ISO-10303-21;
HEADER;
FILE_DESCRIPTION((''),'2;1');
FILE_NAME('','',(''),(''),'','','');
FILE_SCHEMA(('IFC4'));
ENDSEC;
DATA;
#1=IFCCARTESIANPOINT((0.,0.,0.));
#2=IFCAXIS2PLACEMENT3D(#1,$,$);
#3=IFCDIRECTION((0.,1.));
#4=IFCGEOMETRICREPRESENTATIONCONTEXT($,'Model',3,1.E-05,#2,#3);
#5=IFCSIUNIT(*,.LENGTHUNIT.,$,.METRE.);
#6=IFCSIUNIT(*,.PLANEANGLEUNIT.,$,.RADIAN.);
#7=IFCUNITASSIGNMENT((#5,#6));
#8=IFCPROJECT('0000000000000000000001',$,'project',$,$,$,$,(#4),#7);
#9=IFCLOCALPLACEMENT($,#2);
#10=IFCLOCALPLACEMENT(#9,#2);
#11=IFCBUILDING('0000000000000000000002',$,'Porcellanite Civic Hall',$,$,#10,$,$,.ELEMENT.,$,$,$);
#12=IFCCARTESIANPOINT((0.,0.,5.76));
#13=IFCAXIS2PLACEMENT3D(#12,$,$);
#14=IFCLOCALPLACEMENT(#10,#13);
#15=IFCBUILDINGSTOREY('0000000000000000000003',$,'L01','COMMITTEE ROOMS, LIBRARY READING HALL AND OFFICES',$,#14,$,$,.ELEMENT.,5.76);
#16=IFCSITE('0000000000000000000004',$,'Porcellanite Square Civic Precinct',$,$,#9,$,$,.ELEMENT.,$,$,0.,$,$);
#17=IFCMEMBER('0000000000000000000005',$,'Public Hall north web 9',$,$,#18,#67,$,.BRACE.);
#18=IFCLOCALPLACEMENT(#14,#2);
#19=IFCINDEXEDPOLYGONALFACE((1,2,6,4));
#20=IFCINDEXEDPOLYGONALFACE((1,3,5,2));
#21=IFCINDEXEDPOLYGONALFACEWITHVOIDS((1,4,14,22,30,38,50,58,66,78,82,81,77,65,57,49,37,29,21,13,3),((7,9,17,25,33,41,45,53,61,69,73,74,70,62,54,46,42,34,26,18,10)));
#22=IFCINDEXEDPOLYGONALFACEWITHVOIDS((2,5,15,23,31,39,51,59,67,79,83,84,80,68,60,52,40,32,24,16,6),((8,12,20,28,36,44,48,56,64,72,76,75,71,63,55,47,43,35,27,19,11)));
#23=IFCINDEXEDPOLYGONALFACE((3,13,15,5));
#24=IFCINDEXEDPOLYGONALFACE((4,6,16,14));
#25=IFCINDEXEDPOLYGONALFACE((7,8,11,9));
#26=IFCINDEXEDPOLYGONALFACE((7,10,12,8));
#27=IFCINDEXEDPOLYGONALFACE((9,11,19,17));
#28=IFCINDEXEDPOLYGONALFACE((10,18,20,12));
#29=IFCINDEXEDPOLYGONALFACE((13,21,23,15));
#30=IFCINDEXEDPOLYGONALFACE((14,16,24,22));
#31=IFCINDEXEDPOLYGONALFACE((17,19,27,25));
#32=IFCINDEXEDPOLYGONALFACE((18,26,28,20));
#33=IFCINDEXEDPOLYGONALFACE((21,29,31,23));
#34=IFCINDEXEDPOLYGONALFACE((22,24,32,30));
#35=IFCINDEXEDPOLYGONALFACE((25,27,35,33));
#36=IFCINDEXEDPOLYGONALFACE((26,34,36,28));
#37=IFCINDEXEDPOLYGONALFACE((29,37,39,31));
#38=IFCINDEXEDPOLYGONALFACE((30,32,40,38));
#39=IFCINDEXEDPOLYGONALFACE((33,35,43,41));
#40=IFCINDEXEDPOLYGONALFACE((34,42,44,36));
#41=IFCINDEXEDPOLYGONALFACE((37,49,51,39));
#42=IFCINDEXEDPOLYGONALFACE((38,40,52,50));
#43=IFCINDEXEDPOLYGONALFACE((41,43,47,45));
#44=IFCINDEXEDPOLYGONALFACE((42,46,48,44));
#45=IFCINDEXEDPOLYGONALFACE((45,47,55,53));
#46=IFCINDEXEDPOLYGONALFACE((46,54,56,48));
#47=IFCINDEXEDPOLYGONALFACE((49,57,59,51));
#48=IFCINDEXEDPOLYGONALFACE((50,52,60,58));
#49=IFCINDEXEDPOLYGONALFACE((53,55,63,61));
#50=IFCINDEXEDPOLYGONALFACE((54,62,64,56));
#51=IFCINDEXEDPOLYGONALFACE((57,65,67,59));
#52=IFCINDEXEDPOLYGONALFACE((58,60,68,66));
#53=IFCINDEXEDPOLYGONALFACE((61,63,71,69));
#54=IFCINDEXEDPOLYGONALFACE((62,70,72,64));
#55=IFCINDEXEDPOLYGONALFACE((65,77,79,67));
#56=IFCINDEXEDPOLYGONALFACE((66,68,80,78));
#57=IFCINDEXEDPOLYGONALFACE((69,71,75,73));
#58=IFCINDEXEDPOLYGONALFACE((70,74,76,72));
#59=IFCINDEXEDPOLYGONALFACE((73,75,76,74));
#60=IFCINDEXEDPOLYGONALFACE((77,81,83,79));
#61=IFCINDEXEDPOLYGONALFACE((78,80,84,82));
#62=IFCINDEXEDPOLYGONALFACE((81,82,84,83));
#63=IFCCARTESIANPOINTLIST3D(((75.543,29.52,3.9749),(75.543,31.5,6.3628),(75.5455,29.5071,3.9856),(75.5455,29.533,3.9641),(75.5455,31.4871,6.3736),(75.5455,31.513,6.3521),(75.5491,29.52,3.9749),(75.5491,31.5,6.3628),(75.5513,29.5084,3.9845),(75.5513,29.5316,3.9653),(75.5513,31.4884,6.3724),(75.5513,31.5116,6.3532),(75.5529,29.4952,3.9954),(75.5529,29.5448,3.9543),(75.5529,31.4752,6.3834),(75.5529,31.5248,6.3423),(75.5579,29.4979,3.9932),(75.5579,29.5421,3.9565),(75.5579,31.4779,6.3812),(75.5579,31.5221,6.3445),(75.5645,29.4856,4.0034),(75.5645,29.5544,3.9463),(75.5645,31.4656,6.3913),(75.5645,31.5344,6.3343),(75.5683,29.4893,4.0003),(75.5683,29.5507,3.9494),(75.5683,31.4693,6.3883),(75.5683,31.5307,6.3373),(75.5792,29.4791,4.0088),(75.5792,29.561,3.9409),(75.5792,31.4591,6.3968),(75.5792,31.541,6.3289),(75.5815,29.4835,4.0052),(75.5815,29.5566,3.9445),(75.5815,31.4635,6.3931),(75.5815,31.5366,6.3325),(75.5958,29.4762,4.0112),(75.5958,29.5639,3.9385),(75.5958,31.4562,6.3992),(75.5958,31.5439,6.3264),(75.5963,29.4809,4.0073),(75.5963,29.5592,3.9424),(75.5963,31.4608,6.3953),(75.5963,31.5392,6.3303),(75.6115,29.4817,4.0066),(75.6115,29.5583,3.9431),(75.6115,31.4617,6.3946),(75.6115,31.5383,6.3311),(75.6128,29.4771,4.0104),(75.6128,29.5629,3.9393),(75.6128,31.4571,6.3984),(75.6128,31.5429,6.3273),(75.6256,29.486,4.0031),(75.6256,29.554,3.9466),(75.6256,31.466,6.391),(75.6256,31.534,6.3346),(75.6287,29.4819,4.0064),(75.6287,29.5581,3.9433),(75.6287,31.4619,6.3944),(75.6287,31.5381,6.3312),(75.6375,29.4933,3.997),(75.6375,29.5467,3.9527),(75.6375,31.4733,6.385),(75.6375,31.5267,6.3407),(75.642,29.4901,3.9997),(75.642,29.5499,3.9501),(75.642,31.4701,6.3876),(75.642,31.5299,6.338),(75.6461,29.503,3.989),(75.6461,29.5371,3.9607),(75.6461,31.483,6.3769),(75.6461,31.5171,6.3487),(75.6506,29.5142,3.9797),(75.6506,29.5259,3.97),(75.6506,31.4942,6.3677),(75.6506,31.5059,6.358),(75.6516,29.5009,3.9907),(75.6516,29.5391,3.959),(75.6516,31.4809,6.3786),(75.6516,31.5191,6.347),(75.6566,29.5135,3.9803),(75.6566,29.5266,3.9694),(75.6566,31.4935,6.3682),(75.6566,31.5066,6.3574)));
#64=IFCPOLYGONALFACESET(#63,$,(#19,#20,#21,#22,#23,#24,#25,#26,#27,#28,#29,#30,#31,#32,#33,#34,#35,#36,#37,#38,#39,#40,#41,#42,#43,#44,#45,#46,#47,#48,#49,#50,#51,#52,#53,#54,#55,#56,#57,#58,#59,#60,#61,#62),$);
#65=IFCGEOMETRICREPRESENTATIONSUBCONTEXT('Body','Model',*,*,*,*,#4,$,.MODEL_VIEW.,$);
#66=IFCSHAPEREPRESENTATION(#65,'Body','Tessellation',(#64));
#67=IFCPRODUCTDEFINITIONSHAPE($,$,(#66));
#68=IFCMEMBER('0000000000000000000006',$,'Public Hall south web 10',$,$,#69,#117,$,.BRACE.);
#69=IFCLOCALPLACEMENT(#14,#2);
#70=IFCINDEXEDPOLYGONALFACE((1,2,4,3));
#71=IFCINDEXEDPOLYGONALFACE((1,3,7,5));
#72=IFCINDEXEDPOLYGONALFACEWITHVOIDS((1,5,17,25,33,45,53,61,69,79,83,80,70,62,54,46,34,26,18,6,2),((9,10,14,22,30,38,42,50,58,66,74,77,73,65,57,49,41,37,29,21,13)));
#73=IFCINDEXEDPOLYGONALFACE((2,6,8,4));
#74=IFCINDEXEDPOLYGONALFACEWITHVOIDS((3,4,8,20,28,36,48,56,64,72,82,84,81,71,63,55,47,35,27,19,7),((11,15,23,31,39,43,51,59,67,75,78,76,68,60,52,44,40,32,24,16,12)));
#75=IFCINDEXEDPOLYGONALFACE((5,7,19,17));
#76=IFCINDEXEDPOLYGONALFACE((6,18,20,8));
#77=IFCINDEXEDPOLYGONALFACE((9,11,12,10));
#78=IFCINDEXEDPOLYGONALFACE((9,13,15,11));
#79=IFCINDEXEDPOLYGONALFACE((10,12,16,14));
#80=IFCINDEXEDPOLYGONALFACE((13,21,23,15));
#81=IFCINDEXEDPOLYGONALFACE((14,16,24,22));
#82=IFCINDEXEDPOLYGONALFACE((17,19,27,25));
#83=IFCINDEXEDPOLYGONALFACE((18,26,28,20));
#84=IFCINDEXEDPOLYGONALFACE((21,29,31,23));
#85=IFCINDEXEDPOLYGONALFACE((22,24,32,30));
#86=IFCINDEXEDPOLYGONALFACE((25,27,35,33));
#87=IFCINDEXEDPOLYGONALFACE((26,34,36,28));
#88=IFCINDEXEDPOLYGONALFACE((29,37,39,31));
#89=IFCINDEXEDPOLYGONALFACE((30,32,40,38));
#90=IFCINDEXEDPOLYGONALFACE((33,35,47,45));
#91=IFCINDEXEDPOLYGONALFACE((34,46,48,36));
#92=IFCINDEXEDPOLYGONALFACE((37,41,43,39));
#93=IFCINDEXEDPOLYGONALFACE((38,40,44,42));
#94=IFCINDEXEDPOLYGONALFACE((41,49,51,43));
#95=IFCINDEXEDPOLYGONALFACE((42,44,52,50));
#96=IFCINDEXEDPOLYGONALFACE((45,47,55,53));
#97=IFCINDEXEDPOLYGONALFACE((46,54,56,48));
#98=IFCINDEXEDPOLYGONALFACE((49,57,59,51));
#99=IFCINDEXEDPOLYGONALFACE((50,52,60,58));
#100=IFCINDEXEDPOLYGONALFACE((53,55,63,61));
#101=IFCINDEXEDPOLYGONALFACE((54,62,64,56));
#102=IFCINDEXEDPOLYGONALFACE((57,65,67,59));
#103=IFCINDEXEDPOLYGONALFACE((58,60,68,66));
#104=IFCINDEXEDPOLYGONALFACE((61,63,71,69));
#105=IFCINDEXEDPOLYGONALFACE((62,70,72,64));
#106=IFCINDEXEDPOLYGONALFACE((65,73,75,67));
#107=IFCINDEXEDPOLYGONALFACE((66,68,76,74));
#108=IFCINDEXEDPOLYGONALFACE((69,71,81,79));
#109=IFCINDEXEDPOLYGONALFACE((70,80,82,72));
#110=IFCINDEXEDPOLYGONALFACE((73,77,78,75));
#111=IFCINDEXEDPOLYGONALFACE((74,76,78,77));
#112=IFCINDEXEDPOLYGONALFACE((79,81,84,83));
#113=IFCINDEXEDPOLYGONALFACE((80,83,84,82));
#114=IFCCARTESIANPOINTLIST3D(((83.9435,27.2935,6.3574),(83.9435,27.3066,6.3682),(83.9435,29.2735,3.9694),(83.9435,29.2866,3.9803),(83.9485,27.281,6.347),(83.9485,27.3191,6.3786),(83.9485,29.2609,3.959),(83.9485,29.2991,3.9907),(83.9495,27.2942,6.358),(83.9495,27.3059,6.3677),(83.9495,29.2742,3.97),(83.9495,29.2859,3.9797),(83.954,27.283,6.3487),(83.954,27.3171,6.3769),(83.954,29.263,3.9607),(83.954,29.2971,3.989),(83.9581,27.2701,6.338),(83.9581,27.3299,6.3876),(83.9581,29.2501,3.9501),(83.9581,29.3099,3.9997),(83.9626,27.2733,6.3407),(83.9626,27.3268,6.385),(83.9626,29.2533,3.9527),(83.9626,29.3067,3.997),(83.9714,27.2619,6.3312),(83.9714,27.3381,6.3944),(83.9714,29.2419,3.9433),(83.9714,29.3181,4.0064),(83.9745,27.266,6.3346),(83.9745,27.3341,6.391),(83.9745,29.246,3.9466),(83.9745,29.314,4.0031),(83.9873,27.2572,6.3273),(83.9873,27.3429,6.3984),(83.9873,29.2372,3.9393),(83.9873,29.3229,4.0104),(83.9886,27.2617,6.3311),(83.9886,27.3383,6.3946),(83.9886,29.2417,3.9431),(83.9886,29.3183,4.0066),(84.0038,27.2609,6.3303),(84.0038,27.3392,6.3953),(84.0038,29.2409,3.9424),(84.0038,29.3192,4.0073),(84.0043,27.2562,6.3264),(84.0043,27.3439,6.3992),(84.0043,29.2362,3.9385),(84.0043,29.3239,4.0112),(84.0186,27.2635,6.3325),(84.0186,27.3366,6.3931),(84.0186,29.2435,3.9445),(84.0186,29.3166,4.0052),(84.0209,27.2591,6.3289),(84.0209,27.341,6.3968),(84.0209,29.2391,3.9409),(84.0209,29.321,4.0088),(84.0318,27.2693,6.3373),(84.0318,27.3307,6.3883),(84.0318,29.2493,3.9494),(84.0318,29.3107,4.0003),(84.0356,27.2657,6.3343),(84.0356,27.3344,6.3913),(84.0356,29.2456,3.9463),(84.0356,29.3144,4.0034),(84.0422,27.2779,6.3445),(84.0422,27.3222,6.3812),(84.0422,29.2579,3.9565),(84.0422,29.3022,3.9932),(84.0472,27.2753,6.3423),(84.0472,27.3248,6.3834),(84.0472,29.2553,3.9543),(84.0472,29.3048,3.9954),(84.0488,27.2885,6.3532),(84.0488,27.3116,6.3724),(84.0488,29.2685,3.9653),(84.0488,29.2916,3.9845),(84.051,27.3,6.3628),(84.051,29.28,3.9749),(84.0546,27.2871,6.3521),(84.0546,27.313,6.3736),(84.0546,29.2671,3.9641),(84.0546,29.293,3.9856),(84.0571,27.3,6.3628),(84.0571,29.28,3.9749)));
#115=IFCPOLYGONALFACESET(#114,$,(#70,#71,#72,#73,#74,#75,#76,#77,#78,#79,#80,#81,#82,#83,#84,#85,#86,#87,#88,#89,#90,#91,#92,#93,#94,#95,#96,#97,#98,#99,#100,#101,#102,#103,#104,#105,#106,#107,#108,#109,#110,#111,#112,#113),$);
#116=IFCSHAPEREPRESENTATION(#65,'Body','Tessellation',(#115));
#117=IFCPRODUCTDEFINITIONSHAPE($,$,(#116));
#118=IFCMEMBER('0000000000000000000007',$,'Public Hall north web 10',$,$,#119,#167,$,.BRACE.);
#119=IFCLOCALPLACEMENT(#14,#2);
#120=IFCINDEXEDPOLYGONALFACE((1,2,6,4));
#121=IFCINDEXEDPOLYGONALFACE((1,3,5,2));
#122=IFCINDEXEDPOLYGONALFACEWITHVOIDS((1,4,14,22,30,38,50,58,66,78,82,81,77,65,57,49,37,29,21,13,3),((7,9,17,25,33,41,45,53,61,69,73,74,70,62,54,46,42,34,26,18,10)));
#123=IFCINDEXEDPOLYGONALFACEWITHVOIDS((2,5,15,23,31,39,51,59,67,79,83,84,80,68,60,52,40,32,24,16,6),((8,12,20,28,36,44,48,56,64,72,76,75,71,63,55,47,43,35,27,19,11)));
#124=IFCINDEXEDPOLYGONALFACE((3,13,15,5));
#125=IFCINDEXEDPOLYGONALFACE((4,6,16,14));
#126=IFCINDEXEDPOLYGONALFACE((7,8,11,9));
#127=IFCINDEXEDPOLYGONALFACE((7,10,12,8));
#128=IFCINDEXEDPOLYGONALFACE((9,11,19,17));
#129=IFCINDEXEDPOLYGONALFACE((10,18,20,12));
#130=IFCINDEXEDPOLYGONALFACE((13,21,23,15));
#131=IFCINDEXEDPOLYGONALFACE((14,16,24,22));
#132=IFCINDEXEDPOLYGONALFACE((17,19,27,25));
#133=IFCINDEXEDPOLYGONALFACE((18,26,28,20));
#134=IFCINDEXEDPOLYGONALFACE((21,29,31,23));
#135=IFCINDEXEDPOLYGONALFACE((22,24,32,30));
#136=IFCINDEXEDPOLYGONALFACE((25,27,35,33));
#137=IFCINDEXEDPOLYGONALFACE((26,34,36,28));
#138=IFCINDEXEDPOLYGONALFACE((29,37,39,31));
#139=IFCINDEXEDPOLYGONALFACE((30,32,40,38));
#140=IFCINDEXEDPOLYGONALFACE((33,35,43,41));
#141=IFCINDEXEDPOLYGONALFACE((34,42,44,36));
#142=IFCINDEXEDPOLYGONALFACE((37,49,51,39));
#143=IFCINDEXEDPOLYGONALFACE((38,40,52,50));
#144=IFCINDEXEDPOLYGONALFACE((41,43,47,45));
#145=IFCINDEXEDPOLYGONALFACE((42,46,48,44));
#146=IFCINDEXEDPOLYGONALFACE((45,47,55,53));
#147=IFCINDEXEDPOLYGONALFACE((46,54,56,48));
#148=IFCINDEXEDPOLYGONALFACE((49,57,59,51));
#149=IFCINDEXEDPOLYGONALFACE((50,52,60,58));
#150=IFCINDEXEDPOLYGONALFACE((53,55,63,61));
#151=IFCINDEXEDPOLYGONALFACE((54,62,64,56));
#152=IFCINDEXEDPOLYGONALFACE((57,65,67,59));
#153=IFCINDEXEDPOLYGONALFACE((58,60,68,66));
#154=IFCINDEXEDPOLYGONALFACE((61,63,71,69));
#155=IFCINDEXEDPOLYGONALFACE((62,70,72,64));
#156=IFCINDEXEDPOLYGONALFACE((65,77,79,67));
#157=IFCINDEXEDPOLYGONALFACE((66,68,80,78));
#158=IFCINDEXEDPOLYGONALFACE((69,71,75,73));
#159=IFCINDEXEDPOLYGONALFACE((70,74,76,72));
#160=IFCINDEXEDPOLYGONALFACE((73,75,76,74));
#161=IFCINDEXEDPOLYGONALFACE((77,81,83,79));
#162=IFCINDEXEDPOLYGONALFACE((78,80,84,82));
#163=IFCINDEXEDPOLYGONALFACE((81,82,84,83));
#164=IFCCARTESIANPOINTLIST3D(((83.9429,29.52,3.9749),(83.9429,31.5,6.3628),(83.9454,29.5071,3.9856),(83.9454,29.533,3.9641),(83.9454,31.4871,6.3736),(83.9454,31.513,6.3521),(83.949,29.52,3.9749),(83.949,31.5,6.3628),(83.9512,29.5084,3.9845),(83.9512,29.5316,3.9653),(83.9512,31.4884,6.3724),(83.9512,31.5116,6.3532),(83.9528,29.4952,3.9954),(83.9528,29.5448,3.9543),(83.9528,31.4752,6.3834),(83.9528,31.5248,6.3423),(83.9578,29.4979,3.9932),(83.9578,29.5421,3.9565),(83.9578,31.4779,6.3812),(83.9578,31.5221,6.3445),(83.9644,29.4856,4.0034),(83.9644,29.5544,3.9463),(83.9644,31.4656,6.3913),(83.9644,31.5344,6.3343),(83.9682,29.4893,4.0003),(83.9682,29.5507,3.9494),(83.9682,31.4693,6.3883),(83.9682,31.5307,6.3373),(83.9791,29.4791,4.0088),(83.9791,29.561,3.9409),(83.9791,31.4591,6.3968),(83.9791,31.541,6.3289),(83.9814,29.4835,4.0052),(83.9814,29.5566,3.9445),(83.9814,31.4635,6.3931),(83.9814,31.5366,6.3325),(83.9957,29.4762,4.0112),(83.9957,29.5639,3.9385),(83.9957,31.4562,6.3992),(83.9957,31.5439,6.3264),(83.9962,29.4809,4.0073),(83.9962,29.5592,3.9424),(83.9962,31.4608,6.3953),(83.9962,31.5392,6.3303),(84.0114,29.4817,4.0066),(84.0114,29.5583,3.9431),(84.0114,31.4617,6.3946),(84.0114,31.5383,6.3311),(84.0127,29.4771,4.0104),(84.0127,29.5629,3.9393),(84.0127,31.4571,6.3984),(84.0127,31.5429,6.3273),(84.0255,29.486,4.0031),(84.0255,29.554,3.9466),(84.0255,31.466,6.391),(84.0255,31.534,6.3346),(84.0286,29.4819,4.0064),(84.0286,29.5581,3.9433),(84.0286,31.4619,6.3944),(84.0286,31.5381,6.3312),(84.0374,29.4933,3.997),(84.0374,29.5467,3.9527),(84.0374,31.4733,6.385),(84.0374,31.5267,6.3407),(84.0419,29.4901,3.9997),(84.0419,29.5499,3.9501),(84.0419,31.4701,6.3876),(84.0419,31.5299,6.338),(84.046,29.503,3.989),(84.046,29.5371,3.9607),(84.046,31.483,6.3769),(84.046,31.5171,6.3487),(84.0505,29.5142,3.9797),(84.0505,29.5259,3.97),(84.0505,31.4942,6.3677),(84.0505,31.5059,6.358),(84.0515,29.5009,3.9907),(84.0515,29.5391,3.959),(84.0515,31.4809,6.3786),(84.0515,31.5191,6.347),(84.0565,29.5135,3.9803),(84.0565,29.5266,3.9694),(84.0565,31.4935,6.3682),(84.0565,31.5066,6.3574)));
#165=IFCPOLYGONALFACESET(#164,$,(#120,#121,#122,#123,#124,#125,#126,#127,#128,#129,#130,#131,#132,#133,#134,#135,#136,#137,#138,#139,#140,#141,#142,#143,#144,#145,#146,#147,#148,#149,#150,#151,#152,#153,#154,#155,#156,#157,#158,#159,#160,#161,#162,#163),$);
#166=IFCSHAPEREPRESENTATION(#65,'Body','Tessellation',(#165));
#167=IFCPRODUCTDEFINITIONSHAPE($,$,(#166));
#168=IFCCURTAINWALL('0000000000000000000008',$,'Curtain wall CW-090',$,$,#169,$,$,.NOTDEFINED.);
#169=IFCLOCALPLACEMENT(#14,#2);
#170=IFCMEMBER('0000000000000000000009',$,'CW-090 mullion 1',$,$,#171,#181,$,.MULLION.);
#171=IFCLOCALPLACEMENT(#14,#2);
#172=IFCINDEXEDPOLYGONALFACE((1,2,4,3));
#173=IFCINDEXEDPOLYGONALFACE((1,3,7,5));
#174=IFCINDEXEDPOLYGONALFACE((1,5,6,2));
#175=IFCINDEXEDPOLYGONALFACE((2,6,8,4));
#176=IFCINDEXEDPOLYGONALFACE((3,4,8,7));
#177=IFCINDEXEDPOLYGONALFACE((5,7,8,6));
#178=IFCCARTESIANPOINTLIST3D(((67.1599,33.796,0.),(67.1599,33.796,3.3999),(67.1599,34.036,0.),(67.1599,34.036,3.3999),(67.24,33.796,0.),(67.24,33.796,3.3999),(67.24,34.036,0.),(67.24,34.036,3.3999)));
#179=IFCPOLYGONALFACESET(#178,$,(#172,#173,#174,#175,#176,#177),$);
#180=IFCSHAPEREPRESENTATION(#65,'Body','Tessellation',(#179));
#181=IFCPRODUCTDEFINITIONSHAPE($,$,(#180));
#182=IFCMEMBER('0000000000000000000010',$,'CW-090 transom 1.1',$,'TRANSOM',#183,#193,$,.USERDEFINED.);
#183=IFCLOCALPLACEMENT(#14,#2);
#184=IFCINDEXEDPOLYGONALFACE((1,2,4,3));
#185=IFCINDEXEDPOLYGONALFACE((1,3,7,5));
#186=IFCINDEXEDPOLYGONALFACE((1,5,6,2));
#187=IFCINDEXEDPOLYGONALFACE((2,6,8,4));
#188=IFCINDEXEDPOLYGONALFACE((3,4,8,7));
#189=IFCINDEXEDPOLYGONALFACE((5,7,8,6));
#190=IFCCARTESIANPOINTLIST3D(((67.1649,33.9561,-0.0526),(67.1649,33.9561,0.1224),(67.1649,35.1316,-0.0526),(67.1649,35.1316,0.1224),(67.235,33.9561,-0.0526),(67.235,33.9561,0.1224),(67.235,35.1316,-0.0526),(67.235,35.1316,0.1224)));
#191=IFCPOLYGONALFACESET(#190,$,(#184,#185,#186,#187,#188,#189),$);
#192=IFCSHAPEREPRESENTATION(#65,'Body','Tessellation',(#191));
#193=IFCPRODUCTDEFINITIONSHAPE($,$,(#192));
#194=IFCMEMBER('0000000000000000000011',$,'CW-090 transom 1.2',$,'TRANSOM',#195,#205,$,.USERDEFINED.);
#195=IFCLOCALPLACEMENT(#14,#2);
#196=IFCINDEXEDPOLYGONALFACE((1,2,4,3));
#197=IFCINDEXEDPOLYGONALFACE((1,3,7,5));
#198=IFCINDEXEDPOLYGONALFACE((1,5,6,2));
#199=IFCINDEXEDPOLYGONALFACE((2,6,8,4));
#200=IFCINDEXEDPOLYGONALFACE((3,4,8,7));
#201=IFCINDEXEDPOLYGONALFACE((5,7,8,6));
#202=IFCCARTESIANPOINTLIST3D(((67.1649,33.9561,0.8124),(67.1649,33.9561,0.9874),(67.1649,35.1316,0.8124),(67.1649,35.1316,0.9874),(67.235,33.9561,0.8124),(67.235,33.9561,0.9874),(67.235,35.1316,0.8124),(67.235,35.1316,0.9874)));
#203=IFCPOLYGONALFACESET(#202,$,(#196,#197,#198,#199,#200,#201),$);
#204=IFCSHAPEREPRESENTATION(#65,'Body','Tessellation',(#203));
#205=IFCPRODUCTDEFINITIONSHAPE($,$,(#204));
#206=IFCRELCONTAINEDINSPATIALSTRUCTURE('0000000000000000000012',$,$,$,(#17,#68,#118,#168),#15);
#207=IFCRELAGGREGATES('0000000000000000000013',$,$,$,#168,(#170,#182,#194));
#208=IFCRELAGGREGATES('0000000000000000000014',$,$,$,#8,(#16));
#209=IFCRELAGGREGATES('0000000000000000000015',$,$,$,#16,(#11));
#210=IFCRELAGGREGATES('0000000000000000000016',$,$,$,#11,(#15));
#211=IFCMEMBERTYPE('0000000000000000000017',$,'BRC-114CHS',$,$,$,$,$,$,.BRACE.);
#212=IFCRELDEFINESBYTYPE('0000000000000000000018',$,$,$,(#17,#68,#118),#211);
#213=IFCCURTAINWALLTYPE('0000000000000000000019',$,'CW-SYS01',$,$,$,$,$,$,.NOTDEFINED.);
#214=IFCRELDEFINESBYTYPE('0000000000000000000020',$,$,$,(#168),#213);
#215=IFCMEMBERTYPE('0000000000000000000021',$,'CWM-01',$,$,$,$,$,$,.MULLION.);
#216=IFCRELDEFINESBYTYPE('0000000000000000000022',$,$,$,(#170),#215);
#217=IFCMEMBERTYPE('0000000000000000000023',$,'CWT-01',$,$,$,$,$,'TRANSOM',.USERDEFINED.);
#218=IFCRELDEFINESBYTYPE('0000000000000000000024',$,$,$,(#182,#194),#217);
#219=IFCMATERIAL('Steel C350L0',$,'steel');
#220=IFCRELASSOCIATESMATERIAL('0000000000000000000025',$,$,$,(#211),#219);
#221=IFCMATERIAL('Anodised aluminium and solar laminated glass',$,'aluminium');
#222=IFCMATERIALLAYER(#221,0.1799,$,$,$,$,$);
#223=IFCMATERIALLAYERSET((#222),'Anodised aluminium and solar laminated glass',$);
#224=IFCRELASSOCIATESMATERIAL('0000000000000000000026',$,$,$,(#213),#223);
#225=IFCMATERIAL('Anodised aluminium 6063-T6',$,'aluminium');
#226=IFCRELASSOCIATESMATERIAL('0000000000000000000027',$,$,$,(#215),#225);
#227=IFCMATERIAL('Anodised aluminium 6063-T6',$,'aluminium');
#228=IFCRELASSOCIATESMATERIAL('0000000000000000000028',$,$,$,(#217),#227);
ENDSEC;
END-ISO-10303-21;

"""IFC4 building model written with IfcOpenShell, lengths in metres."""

from ifc_helpers import new_model, si_unit, direction, frame, origin, origin_2d, place, context, subcontext, project, spatial, rectangle, hollow_circle, extrude, material, layer, layer_set, material_profile, profile_set, type_object, element, aggregate, save


model = new_model("IFC4")

# Units and contexts
model_context = context("Model", 3, precision=1e-05, world=origin(), true_north=direction((0.0, 1.0)))
body_context = subcontext(model_context, "Body", "Model", "MODEL_VIEW")
ifc_project = project(units=[si_unit("LENGTHUNIT", "METRE"), si_unit("PLANEANGLEUNIT", "RADIAN")], contexts=[model_context])

# Site, building, storey
site_placement = place(None, origin())
site = spatial("IfcSite", under=ifc_project, at=site_placement, Name="Porcellanite Square Civic Precinct", CompositionType="ELEMENT", RefElevation=0.0)
building_placement = place(site_placement, origin())
building = spatial("IfcBuilding", under=site, at=building_placement, Name="Porcellanite Civic Hall", CompositionType="ELEMENT")
storey_placement = place(building_placement, frame((0.0, 0.0, 5.76)))
storey = spatial("IfcBuildingStorey", under=building, at=storey_placement, Name="L01", Description="COMMITTEE ROOMS, LIBRARY READING HALL AND OFFICES", CompositionType="ELEMENT", Elevation=5.76)

# Members
ifc_material_1 = material(Name="Steel C350L0", Category="steel")
ifc_material_profile_1 = material_profile(ifc_material_1, hollow_circle(Radius=0.0571, WallThickness=0.0061, at=origin_2d()), Name="114.3x6.0CHS")
ifc_profile_set_1 = profile_set([ifc_material_profile_1], Name="Steel C350L0")
member_type_1 = type_object("IfcMemberType", Name="BRC-114CHS", PredefinedType="BRACE", material=ifc_profile_set_1)
for number, where, z_axis, x_axis, name in (
    (1, (75.6001, 29.52, 3.9749), (0.0, 0.638286, 0.769799), (-1.0, 0.0, 0.0), "Public Hall north web 9"),
    (2, (84.0, 29.28, 3.9749), (0.0, -0.638286, 0.769799), (1.0, 0.0, 0.0), "Public Hall south web 10"),
    (3, (84.0, 29.52, 3.9749), (0.0, 0.638286, 0.769799), (-1.0, 0.0, 0.0), "Public Hall north web 10"),
):
    element("IfcMember", number, at=place(storey_placement, frame(where, z_axis=z_axis, x_axis=x_axis)), inside=storey, type_object=member_type_1, Name=name, PredefinedType="BRACE", context=body_context, shape_type="SweptSolid", body=[
        extrude(hollow_circle(Radius=0.0571, WallThickness=0.0061, at=origin_2d()), origin(), (0.0, 0.0, 1.0), 3.1021),
    ])

# Curtain wall, members
ifc_material_2 = material(Name="Anodised aluminium and solar laminated glass", Category="aluminium")
ifc_layer_1 = layer(ifc_material_2, 0.1799)
ifc_layer_set_1 = layer_set([ifc_layer_1], Name="Anodised aluminium and solar laminated glass")
curtain_wall_type = type_object("IfcCurtainWallType", Name="CW-SYS01", PredefinedType="NOTDEFINED", material=ifc_layer_set_1)
curtain_wall_placement = place(storey_placement, origin())
curtain_wall = element("IfcCurtainWall", 4, at=curtain_wall_placement, inside=storey, type_object=curtain_wall_type, Name="Curtain wall CW-090", PredefinedType="NOTDEFINED")
ifc_material_3 = material(Name="Anodised aluminium 6063-T6", Category="aluminium")
ifc_material_profile_2 = material_profile(ifc_material_3, rectangle(XDim=0.0801, YDim=0.24, at=origin_2d()), Name="AL-80x240")
ifc_profile_set_2 = profile_set([ifc_material_profile_2], Name="Anodised aluminium 6063-T6")
member_type_2 = type_object("IfcMemberType", Name="CWM-01", PredefinedType="MULLION", material=ifc_profile_set_2)
member_1_placement = place(storey_placement, frame((67.2, 33.916, 0.0), z_axis=(0.0, 0.0, 1.0), x_axis=(-1.0, 0.0, 0.0)))
member_1 = element("IfcMember", 5, at=member_1_placement, type_object=member_type_2, Name="CW-090 mullion 1", PredefinedType="MULLION", context=body_context, shape_type="SweptSolid", body=[
    extrude(rectangle(XDim=0.0801, YDim=0.24, at=origin_2d()), origin(), (0.0, 0.0, 1.0), 3.3999),
])
ifc_material_4 = material(Name="Anodised aluminium 6063-T6", Category="aluminium")
ifc_material_profile_3 = material_profile(ifc_material_4, rectangle(XDim=0.0701, YDim=0.175, at=origin_2d()), Name="AL-70x175")
ifc_profile_set_3 = profile_set([ifc_material_profile_3], Name="Anodised aluminium 6063-T6")
member_type_3 = type_object("IfcMemberType", Name="CWT-01", ElementType="TRANSOM", PredefinedType="USERDEFINED", material=ifc_profile_set_3)
member_2_placement = place(storey_placement, frame((67.2, 33.9561, 0.0349), z_axis=(0.0, 1.0, 0.0), x_axis=(-1.0, 0.0, 0.0)))
member_2 = element("IfcMember", 6, at=member_2_placement, type_object=member_type_3, Name="CW-090 transom 1.1", ObjectType="TRANSOM", PredefinedType="USERDEFINED", context=body_context, shape_type="SweptSolid", body=[
    extrude(rectangle(XDim=0.0701, YDim=0.175, at=origin_2d()), origin(), (0.0, 0.0, 1.0), 1.1755),
])
member_3_placement = place(storey_placement, frame((67.2, 33.9561, 0.8999), z_axis=(0.0, 1.0, 0.0), x_axis=(-1.0, 0.0, 0.0)))
member_3 = element("IfcMember", 7, at=member_3_placement, type_object=member_type_3, Name="CW-090 transom 1.2", ObjectType="TRANSOM", PredefinedType="USERDEFINED", context=body_context, shape_type="SweptSolid", body=[
    extrude(rectangle(XDim=0.0701, YDim=0.175, at=origin_2d()), origin(), (0.0, 0.0, 1.0), 1.1755),
])
aggregate(curtain_wall, [member_1, member_2, member_3])

save(model, "model.ifc")
